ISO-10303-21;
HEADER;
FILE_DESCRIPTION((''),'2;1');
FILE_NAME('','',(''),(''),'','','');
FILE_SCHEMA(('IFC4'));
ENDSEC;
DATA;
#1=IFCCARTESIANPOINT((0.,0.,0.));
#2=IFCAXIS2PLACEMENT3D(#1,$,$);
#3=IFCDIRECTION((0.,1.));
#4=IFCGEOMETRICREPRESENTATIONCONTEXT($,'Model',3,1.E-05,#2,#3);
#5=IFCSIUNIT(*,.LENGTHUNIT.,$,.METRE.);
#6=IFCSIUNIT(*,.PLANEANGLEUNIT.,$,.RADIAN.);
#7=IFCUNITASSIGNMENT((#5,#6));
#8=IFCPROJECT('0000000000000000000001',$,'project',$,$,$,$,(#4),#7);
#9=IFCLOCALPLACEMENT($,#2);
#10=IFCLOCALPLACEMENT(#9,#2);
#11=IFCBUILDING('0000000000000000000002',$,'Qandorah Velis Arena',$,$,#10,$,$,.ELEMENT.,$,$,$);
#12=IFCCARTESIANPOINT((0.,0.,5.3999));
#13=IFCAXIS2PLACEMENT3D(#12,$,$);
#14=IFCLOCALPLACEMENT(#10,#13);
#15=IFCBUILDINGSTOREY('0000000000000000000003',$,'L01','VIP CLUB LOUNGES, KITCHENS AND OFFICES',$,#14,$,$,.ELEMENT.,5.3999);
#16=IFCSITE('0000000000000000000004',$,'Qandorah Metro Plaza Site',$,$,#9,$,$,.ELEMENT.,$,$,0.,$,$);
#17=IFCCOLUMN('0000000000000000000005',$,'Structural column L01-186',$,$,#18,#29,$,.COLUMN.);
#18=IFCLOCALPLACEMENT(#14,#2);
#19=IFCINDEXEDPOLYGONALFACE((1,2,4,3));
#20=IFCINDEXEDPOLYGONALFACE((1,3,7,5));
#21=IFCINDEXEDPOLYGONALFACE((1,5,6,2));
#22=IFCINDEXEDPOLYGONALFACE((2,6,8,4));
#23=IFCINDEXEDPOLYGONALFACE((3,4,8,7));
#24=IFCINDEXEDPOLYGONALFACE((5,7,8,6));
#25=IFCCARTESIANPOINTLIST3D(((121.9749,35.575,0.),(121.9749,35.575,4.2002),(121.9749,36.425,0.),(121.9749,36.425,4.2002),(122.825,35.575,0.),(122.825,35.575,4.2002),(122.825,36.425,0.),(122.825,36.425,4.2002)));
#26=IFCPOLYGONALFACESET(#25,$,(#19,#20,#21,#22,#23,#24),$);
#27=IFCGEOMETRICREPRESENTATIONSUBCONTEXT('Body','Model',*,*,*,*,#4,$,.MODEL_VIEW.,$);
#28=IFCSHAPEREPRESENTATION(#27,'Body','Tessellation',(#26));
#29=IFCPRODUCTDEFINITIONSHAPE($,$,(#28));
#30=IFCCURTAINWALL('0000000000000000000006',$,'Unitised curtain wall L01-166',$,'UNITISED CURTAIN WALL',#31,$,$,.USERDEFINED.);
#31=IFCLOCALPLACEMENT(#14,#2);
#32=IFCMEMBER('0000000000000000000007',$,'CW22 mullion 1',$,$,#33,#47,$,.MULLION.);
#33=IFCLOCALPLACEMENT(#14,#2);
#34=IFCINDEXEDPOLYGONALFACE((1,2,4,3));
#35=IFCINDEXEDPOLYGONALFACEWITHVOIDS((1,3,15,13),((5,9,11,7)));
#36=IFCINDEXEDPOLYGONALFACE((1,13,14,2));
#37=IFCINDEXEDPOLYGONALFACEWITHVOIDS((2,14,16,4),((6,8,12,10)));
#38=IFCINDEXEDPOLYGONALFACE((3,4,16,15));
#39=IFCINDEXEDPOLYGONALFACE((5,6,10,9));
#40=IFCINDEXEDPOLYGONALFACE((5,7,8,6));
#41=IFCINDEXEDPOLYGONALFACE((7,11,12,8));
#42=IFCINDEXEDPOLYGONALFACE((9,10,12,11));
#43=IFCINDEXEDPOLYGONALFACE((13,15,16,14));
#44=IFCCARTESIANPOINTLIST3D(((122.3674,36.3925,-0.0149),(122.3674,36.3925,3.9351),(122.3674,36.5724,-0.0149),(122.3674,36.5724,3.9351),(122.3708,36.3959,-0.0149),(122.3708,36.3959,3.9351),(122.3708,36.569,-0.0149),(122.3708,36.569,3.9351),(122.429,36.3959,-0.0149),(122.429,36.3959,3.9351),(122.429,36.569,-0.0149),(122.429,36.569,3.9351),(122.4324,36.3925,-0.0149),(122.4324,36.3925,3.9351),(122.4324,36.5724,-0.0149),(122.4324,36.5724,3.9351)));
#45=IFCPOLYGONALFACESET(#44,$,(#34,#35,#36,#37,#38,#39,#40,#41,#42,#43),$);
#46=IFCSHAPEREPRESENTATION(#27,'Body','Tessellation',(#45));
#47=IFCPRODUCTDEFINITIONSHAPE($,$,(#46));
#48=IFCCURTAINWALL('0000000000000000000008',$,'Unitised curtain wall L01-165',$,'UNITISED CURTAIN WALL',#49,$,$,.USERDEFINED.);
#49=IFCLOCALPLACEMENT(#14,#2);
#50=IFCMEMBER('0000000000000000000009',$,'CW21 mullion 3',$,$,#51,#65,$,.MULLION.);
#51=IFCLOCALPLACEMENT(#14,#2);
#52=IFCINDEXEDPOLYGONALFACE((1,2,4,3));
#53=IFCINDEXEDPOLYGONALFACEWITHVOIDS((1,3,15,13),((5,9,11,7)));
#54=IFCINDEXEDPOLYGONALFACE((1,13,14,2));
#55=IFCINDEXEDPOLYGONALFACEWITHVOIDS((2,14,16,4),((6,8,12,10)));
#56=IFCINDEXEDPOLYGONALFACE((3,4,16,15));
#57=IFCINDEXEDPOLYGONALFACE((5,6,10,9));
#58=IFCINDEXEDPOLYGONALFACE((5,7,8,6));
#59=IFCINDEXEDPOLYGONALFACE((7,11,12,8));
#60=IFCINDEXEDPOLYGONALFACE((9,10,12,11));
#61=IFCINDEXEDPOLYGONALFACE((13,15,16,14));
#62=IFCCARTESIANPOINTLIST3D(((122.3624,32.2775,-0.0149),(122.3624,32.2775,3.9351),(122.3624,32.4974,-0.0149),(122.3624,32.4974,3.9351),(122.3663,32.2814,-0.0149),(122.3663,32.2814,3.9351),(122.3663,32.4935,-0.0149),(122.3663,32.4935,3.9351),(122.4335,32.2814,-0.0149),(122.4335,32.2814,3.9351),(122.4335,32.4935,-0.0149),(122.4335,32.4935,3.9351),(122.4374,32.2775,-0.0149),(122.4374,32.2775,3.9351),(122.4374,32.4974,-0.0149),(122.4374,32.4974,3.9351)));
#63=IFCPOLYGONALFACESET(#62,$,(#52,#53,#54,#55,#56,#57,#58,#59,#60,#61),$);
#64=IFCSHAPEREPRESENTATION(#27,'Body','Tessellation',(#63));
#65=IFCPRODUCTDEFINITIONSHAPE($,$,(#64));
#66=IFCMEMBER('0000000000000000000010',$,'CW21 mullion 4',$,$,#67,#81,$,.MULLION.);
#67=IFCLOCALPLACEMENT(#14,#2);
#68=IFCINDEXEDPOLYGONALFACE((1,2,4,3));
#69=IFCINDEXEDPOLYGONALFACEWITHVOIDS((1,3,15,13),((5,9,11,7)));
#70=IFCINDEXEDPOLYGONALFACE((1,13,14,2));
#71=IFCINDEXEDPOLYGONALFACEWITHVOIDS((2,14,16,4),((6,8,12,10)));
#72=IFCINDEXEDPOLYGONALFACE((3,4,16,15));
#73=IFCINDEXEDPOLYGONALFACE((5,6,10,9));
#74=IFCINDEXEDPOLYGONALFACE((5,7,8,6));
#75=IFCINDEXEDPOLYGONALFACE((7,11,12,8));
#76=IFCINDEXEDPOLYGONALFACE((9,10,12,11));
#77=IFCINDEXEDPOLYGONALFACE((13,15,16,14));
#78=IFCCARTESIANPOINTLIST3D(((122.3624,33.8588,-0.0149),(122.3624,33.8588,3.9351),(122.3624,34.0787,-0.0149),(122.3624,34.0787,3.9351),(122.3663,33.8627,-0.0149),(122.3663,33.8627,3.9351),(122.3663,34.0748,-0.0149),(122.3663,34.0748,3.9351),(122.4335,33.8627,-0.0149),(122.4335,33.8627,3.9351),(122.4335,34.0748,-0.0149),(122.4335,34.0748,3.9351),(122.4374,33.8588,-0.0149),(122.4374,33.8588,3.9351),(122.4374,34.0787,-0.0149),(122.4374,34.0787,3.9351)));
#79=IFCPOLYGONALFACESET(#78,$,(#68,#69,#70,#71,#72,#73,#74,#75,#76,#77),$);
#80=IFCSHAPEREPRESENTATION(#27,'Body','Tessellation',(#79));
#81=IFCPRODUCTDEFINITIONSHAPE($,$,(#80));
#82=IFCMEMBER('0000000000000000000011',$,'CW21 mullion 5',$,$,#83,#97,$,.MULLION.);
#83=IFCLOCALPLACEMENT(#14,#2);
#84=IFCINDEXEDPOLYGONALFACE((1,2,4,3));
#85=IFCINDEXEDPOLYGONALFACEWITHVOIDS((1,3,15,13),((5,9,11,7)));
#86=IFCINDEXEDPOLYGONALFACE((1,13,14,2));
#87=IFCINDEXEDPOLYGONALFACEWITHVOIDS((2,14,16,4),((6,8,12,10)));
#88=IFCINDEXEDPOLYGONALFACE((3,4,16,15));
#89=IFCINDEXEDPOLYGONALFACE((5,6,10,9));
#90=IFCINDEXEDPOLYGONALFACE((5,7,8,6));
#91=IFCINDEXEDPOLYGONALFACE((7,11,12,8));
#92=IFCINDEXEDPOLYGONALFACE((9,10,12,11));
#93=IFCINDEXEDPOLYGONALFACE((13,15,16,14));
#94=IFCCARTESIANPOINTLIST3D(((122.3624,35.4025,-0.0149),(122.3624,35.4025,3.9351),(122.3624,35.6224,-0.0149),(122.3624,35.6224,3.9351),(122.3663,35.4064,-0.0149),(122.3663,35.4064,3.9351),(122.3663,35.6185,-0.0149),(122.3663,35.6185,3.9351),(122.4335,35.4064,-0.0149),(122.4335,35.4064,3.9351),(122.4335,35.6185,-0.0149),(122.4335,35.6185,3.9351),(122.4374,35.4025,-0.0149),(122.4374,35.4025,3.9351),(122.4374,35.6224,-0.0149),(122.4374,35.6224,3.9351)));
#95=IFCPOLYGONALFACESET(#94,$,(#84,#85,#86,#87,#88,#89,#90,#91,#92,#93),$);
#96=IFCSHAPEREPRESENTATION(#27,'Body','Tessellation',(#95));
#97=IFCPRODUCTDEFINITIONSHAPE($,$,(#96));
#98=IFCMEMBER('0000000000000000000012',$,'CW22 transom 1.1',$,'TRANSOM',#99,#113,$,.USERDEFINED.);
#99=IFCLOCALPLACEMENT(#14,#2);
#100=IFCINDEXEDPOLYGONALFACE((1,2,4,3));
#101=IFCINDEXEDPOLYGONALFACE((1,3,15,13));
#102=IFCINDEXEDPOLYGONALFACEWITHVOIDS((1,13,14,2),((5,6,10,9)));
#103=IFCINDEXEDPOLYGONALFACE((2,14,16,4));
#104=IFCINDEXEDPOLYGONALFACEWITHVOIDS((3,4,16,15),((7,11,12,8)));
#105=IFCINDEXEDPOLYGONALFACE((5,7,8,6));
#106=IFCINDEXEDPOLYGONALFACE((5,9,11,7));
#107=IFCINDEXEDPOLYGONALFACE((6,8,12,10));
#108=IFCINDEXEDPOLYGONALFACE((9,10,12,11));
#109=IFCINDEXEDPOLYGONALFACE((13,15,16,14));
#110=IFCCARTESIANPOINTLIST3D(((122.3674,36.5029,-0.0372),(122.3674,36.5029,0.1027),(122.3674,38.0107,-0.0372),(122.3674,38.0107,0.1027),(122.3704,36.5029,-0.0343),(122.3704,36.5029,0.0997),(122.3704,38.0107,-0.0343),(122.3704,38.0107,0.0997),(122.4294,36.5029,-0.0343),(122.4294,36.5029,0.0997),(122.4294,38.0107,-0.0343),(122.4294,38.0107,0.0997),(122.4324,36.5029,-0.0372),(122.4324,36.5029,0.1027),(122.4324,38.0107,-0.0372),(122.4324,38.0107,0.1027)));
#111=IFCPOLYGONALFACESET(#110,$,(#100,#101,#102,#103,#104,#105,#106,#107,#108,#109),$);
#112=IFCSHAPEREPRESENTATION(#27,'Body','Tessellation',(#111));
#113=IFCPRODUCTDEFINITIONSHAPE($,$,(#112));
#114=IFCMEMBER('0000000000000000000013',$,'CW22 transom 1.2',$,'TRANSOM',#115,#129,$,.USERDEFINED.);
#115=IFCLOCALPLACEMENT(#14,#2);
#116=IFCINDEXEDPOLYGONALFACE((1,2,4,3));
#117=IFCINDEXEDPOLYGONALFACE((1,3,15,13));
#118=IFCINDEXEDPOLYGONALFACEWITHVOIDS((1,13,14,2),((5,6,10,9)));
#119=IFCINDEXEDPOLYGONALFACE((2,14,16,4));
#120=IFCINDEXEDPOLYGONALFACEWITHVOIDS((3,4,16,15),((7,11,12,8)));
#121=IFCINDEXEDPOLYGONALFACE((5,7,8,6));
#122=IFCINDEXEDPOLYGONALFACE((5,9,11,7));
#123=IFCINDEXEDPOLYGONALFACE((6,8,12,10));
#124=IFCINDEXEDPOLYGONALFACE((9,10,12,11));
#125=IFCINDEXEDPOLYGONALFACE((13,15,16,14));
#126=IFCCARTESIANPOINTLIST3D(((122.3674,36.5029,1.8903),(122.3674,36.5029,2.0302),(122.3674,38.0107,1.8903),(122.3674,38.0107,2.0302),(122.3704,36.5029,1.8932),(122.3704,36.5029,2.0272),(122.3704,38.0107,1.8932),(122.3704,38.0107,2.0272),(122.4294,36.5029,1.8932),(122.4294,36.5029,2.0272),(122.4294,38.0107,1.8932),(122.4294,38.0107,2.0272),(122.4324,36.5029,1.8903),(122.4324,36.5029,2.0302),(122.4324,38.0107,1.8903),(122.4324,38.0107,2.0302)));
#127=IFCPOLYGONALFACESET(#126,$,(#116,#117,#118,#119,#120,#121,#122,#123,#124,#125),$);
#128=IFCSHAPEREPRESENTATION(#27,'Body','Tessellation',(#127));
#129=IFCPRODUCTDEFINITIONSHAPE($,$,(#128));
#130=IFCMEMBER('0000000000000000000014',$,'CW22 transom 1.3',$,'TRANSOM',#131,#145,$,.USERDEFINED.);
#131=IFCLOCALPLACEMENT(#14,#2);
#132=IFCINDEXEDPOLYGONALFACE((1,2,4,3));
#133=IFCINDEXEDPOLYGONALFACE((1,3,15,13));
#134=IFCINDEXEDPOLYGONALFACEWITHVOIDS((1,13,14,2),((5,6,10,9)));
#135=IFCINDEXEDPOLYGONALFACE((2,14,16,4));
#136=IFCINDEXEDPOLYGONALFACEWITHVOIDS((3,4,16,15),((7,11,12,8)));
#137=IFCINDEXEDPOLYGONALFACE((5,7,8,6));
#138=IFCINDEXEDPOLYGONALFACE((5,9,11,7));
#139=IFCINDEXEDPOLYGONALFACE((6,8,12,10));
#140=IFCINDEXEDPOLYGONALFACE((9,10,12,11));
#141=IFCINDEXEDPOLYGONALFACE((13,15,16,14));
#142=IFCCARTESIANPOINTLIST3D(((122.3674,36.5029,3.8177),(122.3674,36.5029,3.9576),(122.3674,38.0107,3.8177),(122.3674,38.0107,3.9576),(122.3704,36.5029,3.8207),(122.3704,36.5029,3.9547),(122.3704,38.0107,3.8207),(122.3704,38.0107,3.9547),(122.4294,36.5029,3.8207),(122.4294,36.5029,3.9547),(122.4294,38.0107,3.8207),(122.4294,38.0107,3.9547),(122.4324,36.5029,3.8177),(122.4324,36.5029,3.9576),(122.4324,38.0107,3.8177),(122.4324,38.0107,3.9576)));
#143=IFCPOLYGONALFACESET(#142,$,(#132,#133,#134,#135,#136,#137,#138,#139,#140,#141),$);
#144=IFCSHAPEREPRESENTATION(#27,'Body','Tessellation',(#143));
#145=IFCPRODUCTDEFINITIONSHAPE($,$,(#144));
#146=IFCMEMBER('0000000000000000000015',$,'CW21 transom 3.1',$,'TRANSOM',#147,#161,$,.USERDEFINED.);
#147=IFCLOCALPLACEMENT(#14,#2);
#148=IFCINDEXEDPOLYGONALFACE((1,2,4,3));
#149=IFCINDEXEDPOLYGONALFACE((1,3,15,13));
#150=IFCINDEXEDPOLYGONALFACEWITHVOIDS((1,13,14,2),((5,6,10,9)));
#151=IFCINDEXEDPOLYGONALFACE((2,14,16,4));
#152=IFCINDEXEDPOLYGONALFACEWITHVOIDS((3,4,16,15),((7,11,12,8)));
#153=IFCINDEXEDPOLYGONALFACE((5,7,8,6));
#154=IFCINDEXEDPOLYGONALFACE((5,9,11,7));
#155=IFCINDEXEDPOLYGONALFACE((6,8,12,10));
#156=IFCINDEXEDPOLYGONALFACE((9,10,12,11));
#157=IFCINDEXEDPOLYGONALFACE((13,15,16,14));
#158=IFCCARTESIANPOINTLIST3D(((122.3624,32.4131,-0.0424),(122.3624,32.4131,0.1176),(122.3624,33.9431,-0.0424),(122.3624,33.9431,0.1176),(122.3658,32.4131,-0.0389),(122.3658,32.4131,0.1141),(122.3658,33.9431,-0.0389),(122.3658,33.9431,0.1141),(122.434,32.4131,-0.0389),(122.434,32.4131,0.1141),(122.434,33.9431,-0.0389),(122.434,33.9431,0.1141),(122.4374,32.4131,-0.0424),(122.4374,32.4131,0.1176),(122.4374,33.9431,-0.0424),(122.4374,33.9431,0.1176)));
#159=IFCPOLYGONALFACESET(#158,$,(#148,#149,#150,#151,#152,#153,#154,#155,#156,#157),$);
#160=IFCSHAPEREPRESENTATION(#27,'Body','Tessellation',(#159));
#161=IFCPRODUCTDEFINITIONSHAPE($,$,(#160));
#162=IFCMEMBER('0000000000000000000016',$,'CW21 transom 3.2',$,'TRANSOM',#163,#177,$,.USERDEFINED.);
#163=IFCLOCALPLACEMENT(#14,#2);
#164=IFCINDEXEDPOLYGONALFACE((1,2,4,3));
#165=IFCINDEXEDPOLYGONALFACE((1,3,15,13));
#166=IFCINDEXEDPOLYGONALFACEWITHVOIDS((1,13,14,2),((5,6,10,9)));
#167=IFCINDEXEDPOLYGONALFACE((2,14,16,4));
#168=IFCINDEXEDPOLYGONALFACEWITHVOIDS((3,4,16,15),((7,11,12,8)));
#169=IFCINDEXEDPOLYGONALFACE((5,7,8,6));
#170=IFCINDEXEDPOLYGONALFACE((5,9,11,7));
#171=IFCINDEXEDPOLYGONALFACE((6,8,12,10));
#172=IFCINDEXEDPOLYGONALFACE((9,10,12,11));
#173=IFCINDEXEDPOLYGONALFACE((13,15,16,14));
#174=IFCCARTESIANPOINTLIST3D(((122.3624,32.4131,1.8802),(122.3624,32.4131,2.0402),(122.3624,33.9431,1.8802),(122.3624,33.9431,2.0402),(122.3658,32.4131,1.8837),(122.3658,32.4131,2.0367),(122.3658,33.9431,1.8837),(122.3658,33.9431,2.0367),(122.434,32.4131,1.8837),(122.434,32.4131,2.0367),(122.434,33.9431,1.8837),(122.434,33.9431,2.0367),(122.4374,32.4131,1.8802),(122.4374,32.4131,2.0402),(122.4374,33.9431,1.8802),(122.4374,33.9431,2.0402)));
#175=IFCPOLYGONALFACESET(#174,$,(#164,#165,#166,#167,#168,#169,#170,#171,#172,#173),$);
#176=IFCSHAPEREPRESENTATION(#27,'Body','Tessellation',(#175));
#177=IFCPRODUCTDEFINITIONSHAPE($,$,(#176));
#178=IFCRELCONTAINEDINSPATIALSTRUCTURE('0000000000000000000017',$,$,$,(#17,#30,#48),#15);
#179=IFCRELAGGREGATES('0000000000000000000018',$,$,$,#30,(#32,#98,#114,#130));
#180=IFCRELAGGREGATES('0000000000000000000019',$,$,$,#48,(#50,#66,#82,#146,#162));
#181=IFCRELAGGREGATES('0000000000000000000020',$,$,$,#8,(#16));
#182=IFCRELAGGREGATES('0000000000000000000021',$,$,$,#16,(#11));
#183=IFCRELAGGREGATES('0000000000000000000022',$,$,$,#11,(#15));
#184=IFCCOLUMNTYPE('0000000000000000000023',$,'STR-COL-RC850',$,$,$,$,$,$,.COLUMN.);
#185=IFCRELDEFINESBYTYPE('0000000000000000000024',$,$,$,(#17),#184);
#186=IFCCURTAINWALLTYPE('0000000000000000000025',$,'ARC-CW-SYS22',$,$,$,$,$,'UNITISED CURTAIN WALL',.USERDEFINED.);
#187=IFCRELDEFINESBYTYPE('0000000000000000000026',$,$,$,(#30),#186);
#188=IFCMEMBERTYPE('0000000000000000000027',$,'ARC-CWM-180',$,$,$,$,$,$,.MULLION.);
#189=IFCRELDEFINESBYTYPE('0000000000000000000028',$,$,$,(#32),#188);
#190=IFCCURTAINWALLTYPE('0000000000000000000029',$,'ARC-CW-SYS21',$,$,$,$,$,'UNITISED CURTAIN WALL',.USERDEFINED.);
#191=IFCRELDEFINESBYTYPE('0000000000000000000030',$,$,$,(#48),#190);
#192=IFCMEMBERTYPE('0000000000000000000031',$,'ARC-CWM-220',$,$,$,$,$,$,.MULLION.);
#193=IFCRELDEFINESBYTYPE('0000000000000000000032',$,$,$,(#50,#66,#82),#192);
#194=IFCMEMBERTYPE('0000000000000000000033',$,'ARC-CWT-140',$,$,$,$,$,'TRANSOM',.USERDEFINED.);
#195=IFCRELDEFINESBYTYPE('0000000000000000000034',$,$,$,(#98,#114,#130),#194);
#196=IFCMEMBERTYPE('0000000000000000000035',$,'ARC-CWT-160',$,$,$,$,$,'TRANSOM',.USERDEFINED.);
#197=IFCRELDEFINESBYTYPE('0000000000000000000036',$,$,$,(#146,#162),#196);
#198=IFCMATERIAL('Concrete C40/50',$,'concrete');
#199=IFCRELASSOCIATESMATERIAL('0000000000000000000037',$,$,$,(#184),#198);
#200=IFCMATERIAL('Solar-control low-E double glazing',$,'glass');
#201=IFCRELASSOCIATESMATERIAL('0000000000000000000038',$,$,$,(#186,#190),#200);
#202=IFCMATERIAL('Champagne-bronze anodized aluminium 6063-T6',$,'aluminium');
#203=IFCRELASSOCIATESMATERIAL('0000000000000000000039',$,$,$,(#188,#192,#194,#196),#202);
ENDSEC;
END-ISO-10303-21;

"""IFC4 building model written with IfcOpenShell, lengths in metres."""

from ifc_helpers import new_model, si_unit, direction, frame, origin, origin_2d, place, context, subcontext, project, spatial, rectangle, hollow_rectangle, extrude, material, material_profile, profile_set, type_object, element, aggregate, save


model = new_model("IFC4")

# Units and contexts
model_context = context("Model", 3, precision=1e-05, world=origin(), true_north=direction((0.0, 1.0)))
body_context = subcontext(model_context, "Body", "Model", "MODEL_VIEW")
ifc_project = project(units=[si_unit("LENGTHUNIT", "METRE"), si_unit("PLANEANGLEUNIT", "RADIAN")], contexts=[model_context])

# Site, building, storey
site_placement = place(None, origin())
site = spatial("IfcSite", under=ifc_project, at=site_placement, Name="Qandorah Metro Plaza Site", CompositionType="ELEMENT", RefElevation=0.0)
building_placement = place(site_placement, origin())
building = spatial("IfcBuilding", under=site, at=building_placement, Name="Qandorah Velis Arena", CompositionType="ELEMENT")
storey_placement = place(building_placement, frame((0.0, 0.0, 5.3999)))
storey = spatial("IfcBuildingStorey", under=building, at=storey_placement, Name="L01", Description="VIP CLUB LOUNGES, KITCHENS AND OFFICES", CompositionType="ELEMENT", Elevation=5.3999)

# Column
ifc_material_1 = material(Name="Concrete C40/50", Category="concrete")
ifc_material_profile_1 = material_profile(ifc_material_1, rectangle(XDim=0.8501, YDim=0.8501, at=origin_2d()), Name="RC COL 850x850")
ifc_profile_set_1 = profile_set([ifc_material_profile_1], Name="Concrete C40/50")
column_type = type_object("IfcColumnType", Name="STR-COL-RC850", PredefinedType="COLUMN", material=ifc_profile_set_1)
column_placement = place(storey_placement, frame((122.3999, 36.0, 0.0), z_axis=(0.0, 0.0, 1.0), x_axis=(1.0, 0.0, 0.0)))
element("IfcColumn", 1, at=column_placement, inside=storey, type_object=column_type, Name="Structural column L01-186", PredefinedType="COLUMN", context=body_context, shape_type="SweptSolid", body=[
    extrude(rectangle(XDim=0.8501, YDim=0.8501, at=origin_2d()), origin(), (0.0, 0.0, 1.0), 4.2002),
])

# Curtain wall, member
ifc_material_2 = material(Name="Solar-control low-E double glazing", Category="glass")
curtain_wall_type_1 = type_object("IfcCurtainWallType", Name="ARC-CW-SYS22", ElementType="UNITISED CURTAIN WALL", PredefinedType="USERDEFINED", material=ifc_material_2)
curtain_wall_1_placement = place(storey_placement, origin())
curtain_wall_1 = element("IfcCurtainWall", 2, at=curtain_wall_1_placement, inside=storey, type_object=curtain_wall_type_1, Name="Unitised curtain wall L01-166", ObjectType="UNITISED CURTAIN WALL", PredefinedType="USERDEFINED")
ifc_material_3 = material(Name="Champagne-bronze anodized aluminium 6063-T6", Category="aluminium")
ifc_material_profile_2 = material_profile(ifc_material_3, hollow_rectangle(XDim=0.0649, YDim=0.1799, WallThickness=0.0034, at=origin_2d()), Name="ALU MULLION 65x180")
ifc_profile_set_2 = profile_set([ifc_material_profile_2], Name="Champagne-bronze anodized aluminium 6063-T6")
member_type_1 = type_object("IfcMemberType", Name="ARC-CWM-180", PredefinedType="MULLION", material=ifc_profile_set_2)
member_1_placement = place(storey_placement, frame((122.3999, 36.4824, -0.0149), z_axis=(0.0, 0.0, 1.0), x_axis=(-1.0, 0.0, 0.0)))
member_1 = element("IfcMember", 3, at=member_1_placement, type_object=member_type_1, Name="CW22 mullion 1", PredefinedType="MULLION", context=body_context, shape_type="SweptSolid", body=[
    extrude(hollow_rectangle(XDim=0.0649, YDim=0.1799, WallThickness=0.0034, at=origin_2d()), origin(), (0.0, 0.0, 1.0), 3.95),
])

# Curtain wall, members
curtain_wall_type_2 = type_object("IfcCurtainWallType", Name="ARC-CW-SYS21", ElementType="UNITISED CURTAIN WALL", PredefinedType="USERDEFINED", material=ifc_material_2)
curtain_wall_2_placement = place(storey_placement, origin())
curtain_wall_2 = element("IfcCurtainWall", 4, at=curtain_wall_2_placement, inside=storey, type_object=curtain_wall_type_2, Name="Unitised curtain wall L01-165", ObjectType="UNITISED CURTAIN WALL", PredefinedType="USERDEFINED")
ifc_material_profile_3 = material_profile(ifc_material_3, hollow_rectangle(XDim=0.075, YDim=0.22, WallThickness=0.0039, at=origin_2d()), Name="ALU MULLION 75x220")
ifc_profile_set_3 = profile_set([ifc_material_profile_3], Name="Champagne-bronze anodized aluminium 6063-T6")
member_type_2 = type_object("IfcMemberType", Name="ARC-CWM-220", PredefinedType="MULLION", material=ifc_profile_set_3)
member_2_placement = place(storey_placement, frame((122.3999, 32.3875, -0.0149), z_axis=(0.0, 0.0, 1.0), x_axis=(-1.0, 0.0, 0.0)))
member_2 = element("IfcMember", 5, at=member_2_placement, type_object=member_type_2, Name="CW21 mullion 3", PredefinedType="MULLION", context=body_context, shape_type="SweptSolid", body=[
    extrude(hollow_rectangle(XDim=0.075, YDim=0.22, WallThickness=0.0039, at=origin_2d()), origin(), (0.0, 0.0, 1.0), 3.95),
])
member_3_placement = place(storey_placement, frame((122.3999, 33.9688, -0.0149), z_axis=(0.0, 0.0, 1.0), x_axis=(-1.0, 0.0, 0.0)))
member_3 = element("IfcMember", 6, at=member_3_placement, type_object=member_type_2, Name="CW21 mullion 4", PredefinedType="MULLION", context=body_context, shape_type="SweptSolid", body=[
    extrude(hollow_rectangle(XDim=0.075, YDim=0.22, WallThickness=0.0039, at=origin_2d()), origin(), (0.0, 0.0, 1.0), 3.95),
])
member_4_placement = place(storey_placement, frame((122.3999, 35.5125, -0.0149), z_axis=(0.0, 0.0, 1.0), x_axis=(-1.0, 0.0, 0.0)))
member_4 = element("IfcMember", 7, at=member_4_placement, type_object=member_type_2, Name="CW21 mullion 5", PredefinedType="MULLION", context=body_context, shape_type="SweptSolid", body=[
    extrude(hollow_rectangle(XDim=0.075, YDim=0.22, WallThickness=0.0039, at=origin_2d()), origin(), (0.0, 0.0, 1.0), 3.95),
])

# Members
ifc_material_profile_4 = material_profile(ifc_material_3, hollow_rectangle(XDim=0.0649, YDim=0.1399, WallThickness=0.0029, at=origin_2d()), Name="ALU TRANSOM 65x140")
ifc_profile_set_4 = profile_set([ifc_material_profile_4], Name="Champagne-bronze anodized aluminium 6063-T6")
member_type_3 = type_object("IfcMemberType", Name="ARC-CWT-140", ElementType="TRANSOM", PredefinedType="USERDEFINED", material=ifc_profile_set_4)
member_5_placement = place(storey_placement, frame((122.3999, 36.5029, 0.0327), z_axis=(0.0, 1.0, 0.0), x_axis=(-1.0, 0.0, 0.0)))
member_5 = element("IfcMember", 8, at=member_5_placement, type_object=member_type_3, Name="CW22 transom 1.1", ObjectType="TRANSOM", PredefinedType="USERDEFINED", context=body_context, shape_type="SweptSolid", body=[
    extrude(hollow_rectangle(XDim=0.0649, YDim=0.1399, WallThickness=0.0029, at=origin_2d()), origin(), (0.0, 0.0, 1.0), 1.5078),
])
member_6_placement = place(storey_placement, frame((122.3999, 36.5029, 1.9602), z_axis=(0.0, 1.0, 0.0), x_axis=(-1.0, 0.0, 0.0)))
member_6 = element("IfcMember", 9, at=member_6_placement, type_object=member_type_3, Name="CW22 transom 1.2", ObjectType="TRANSOM", PredefinedType="USERDEFINED", context=body_context, shape_type="SweptSolid", body=[
    extrude(hollow_rectangle(XDim=0.0649, YDim=0.1399, WallThickness=0.0029, at=origin_2d()), origin(), (0.0, 0.0, 1.0), 1.5078),
])
member_7_placement = place(storey_placement, frame((122.3999, 36.5029, 3.8877), z_axis=(0.0, 1.0, 0.0), x_axis=(-1.0, 0.0, 0.0)))
member_7 = element("IfcMember", 10, at=member_7_placement, type_object=member_type_3, Name="CW22 transom 1.3", ObjectType="TRANSOM", PredefinedType="USERDEFINED", context=body_context, shape_type="SweptSolid", body=[
    extrude(hollow_rectangle(XDim=0.0649, YDim=0.1399, WallThickness=0.0029, at=origin_2d()), origin(), (0.0, 0.0, 1.0), 1.5078),
])
ifc_material_profile_5 = material_profile(ifc_material_3, hollow_rectangle(XDim=0.075, YDim=0.1599, WallThickness=0.0034, at=origin_2d()), Name="ALU TRANSOM 75x160")
ifc_profile_set_5 = profile_set([ifc_material_profile_5], Name="Champagne-bronze anodized aluminium 6063-T6")
member_type_4 = type_object("IfcMemberType", Name="ARC-CWT-160", ElementType="TRANSOM", PredefinedType="USERDEFINED", material=ifc_profile_set_5)
member_8_placement = place(storey_placement, frame((122.3999, 32.4131, 0.0376), z_axis=(0.0, 1.0, 0.0), x_axis=(-1.0, 0.0, 0.0)))
member_8 = element("IfcMember", 11, at=member_8_placement, type_object=member_type_4, Name="CW21 transom 3.1", ObjectType="TRANSOM", PredefinedType="USERDEFINED", context=body_context, shape_type="SweptSolid", body=[
    extrude(hollow_rectangle(XDim=0.075, YDim=0.1599, WallThickness=0.0034, at=origin_2d()), origin(), (0.0, 0.0, 1.0), 1.53),
])
member_9_placement = place(storey_placement, frame((122.3999, 32.4131, 1.9602), z_axis=(0.0, 1.0, 0.0), x_axis=(-1.0, 0.0, 0.0)))
member_9 = element("IfcMember", 12, at=member_9_placement, type_object=member_type_4, Name="CW21 transom 3.2", ObjectType="TRANSOM", PredefinedType="USERDEFINED", context=body_context, shape_type="SweptSolid", body=[
    extrude(hollow_rectangle(XDim=0.075, YDim=0.1599, WallThickness=0.0034, at=origin_2d()), origin(), (0.0, 0.0, 1.0), 1.53),
])

aggregate(curtain_wall_1, [member_1, member_5, member_6, member_7])
aggregate(curtain_wall_2, [member_2, member_3, member_4, member_8, member_9])

save(model, "model.ifc")
